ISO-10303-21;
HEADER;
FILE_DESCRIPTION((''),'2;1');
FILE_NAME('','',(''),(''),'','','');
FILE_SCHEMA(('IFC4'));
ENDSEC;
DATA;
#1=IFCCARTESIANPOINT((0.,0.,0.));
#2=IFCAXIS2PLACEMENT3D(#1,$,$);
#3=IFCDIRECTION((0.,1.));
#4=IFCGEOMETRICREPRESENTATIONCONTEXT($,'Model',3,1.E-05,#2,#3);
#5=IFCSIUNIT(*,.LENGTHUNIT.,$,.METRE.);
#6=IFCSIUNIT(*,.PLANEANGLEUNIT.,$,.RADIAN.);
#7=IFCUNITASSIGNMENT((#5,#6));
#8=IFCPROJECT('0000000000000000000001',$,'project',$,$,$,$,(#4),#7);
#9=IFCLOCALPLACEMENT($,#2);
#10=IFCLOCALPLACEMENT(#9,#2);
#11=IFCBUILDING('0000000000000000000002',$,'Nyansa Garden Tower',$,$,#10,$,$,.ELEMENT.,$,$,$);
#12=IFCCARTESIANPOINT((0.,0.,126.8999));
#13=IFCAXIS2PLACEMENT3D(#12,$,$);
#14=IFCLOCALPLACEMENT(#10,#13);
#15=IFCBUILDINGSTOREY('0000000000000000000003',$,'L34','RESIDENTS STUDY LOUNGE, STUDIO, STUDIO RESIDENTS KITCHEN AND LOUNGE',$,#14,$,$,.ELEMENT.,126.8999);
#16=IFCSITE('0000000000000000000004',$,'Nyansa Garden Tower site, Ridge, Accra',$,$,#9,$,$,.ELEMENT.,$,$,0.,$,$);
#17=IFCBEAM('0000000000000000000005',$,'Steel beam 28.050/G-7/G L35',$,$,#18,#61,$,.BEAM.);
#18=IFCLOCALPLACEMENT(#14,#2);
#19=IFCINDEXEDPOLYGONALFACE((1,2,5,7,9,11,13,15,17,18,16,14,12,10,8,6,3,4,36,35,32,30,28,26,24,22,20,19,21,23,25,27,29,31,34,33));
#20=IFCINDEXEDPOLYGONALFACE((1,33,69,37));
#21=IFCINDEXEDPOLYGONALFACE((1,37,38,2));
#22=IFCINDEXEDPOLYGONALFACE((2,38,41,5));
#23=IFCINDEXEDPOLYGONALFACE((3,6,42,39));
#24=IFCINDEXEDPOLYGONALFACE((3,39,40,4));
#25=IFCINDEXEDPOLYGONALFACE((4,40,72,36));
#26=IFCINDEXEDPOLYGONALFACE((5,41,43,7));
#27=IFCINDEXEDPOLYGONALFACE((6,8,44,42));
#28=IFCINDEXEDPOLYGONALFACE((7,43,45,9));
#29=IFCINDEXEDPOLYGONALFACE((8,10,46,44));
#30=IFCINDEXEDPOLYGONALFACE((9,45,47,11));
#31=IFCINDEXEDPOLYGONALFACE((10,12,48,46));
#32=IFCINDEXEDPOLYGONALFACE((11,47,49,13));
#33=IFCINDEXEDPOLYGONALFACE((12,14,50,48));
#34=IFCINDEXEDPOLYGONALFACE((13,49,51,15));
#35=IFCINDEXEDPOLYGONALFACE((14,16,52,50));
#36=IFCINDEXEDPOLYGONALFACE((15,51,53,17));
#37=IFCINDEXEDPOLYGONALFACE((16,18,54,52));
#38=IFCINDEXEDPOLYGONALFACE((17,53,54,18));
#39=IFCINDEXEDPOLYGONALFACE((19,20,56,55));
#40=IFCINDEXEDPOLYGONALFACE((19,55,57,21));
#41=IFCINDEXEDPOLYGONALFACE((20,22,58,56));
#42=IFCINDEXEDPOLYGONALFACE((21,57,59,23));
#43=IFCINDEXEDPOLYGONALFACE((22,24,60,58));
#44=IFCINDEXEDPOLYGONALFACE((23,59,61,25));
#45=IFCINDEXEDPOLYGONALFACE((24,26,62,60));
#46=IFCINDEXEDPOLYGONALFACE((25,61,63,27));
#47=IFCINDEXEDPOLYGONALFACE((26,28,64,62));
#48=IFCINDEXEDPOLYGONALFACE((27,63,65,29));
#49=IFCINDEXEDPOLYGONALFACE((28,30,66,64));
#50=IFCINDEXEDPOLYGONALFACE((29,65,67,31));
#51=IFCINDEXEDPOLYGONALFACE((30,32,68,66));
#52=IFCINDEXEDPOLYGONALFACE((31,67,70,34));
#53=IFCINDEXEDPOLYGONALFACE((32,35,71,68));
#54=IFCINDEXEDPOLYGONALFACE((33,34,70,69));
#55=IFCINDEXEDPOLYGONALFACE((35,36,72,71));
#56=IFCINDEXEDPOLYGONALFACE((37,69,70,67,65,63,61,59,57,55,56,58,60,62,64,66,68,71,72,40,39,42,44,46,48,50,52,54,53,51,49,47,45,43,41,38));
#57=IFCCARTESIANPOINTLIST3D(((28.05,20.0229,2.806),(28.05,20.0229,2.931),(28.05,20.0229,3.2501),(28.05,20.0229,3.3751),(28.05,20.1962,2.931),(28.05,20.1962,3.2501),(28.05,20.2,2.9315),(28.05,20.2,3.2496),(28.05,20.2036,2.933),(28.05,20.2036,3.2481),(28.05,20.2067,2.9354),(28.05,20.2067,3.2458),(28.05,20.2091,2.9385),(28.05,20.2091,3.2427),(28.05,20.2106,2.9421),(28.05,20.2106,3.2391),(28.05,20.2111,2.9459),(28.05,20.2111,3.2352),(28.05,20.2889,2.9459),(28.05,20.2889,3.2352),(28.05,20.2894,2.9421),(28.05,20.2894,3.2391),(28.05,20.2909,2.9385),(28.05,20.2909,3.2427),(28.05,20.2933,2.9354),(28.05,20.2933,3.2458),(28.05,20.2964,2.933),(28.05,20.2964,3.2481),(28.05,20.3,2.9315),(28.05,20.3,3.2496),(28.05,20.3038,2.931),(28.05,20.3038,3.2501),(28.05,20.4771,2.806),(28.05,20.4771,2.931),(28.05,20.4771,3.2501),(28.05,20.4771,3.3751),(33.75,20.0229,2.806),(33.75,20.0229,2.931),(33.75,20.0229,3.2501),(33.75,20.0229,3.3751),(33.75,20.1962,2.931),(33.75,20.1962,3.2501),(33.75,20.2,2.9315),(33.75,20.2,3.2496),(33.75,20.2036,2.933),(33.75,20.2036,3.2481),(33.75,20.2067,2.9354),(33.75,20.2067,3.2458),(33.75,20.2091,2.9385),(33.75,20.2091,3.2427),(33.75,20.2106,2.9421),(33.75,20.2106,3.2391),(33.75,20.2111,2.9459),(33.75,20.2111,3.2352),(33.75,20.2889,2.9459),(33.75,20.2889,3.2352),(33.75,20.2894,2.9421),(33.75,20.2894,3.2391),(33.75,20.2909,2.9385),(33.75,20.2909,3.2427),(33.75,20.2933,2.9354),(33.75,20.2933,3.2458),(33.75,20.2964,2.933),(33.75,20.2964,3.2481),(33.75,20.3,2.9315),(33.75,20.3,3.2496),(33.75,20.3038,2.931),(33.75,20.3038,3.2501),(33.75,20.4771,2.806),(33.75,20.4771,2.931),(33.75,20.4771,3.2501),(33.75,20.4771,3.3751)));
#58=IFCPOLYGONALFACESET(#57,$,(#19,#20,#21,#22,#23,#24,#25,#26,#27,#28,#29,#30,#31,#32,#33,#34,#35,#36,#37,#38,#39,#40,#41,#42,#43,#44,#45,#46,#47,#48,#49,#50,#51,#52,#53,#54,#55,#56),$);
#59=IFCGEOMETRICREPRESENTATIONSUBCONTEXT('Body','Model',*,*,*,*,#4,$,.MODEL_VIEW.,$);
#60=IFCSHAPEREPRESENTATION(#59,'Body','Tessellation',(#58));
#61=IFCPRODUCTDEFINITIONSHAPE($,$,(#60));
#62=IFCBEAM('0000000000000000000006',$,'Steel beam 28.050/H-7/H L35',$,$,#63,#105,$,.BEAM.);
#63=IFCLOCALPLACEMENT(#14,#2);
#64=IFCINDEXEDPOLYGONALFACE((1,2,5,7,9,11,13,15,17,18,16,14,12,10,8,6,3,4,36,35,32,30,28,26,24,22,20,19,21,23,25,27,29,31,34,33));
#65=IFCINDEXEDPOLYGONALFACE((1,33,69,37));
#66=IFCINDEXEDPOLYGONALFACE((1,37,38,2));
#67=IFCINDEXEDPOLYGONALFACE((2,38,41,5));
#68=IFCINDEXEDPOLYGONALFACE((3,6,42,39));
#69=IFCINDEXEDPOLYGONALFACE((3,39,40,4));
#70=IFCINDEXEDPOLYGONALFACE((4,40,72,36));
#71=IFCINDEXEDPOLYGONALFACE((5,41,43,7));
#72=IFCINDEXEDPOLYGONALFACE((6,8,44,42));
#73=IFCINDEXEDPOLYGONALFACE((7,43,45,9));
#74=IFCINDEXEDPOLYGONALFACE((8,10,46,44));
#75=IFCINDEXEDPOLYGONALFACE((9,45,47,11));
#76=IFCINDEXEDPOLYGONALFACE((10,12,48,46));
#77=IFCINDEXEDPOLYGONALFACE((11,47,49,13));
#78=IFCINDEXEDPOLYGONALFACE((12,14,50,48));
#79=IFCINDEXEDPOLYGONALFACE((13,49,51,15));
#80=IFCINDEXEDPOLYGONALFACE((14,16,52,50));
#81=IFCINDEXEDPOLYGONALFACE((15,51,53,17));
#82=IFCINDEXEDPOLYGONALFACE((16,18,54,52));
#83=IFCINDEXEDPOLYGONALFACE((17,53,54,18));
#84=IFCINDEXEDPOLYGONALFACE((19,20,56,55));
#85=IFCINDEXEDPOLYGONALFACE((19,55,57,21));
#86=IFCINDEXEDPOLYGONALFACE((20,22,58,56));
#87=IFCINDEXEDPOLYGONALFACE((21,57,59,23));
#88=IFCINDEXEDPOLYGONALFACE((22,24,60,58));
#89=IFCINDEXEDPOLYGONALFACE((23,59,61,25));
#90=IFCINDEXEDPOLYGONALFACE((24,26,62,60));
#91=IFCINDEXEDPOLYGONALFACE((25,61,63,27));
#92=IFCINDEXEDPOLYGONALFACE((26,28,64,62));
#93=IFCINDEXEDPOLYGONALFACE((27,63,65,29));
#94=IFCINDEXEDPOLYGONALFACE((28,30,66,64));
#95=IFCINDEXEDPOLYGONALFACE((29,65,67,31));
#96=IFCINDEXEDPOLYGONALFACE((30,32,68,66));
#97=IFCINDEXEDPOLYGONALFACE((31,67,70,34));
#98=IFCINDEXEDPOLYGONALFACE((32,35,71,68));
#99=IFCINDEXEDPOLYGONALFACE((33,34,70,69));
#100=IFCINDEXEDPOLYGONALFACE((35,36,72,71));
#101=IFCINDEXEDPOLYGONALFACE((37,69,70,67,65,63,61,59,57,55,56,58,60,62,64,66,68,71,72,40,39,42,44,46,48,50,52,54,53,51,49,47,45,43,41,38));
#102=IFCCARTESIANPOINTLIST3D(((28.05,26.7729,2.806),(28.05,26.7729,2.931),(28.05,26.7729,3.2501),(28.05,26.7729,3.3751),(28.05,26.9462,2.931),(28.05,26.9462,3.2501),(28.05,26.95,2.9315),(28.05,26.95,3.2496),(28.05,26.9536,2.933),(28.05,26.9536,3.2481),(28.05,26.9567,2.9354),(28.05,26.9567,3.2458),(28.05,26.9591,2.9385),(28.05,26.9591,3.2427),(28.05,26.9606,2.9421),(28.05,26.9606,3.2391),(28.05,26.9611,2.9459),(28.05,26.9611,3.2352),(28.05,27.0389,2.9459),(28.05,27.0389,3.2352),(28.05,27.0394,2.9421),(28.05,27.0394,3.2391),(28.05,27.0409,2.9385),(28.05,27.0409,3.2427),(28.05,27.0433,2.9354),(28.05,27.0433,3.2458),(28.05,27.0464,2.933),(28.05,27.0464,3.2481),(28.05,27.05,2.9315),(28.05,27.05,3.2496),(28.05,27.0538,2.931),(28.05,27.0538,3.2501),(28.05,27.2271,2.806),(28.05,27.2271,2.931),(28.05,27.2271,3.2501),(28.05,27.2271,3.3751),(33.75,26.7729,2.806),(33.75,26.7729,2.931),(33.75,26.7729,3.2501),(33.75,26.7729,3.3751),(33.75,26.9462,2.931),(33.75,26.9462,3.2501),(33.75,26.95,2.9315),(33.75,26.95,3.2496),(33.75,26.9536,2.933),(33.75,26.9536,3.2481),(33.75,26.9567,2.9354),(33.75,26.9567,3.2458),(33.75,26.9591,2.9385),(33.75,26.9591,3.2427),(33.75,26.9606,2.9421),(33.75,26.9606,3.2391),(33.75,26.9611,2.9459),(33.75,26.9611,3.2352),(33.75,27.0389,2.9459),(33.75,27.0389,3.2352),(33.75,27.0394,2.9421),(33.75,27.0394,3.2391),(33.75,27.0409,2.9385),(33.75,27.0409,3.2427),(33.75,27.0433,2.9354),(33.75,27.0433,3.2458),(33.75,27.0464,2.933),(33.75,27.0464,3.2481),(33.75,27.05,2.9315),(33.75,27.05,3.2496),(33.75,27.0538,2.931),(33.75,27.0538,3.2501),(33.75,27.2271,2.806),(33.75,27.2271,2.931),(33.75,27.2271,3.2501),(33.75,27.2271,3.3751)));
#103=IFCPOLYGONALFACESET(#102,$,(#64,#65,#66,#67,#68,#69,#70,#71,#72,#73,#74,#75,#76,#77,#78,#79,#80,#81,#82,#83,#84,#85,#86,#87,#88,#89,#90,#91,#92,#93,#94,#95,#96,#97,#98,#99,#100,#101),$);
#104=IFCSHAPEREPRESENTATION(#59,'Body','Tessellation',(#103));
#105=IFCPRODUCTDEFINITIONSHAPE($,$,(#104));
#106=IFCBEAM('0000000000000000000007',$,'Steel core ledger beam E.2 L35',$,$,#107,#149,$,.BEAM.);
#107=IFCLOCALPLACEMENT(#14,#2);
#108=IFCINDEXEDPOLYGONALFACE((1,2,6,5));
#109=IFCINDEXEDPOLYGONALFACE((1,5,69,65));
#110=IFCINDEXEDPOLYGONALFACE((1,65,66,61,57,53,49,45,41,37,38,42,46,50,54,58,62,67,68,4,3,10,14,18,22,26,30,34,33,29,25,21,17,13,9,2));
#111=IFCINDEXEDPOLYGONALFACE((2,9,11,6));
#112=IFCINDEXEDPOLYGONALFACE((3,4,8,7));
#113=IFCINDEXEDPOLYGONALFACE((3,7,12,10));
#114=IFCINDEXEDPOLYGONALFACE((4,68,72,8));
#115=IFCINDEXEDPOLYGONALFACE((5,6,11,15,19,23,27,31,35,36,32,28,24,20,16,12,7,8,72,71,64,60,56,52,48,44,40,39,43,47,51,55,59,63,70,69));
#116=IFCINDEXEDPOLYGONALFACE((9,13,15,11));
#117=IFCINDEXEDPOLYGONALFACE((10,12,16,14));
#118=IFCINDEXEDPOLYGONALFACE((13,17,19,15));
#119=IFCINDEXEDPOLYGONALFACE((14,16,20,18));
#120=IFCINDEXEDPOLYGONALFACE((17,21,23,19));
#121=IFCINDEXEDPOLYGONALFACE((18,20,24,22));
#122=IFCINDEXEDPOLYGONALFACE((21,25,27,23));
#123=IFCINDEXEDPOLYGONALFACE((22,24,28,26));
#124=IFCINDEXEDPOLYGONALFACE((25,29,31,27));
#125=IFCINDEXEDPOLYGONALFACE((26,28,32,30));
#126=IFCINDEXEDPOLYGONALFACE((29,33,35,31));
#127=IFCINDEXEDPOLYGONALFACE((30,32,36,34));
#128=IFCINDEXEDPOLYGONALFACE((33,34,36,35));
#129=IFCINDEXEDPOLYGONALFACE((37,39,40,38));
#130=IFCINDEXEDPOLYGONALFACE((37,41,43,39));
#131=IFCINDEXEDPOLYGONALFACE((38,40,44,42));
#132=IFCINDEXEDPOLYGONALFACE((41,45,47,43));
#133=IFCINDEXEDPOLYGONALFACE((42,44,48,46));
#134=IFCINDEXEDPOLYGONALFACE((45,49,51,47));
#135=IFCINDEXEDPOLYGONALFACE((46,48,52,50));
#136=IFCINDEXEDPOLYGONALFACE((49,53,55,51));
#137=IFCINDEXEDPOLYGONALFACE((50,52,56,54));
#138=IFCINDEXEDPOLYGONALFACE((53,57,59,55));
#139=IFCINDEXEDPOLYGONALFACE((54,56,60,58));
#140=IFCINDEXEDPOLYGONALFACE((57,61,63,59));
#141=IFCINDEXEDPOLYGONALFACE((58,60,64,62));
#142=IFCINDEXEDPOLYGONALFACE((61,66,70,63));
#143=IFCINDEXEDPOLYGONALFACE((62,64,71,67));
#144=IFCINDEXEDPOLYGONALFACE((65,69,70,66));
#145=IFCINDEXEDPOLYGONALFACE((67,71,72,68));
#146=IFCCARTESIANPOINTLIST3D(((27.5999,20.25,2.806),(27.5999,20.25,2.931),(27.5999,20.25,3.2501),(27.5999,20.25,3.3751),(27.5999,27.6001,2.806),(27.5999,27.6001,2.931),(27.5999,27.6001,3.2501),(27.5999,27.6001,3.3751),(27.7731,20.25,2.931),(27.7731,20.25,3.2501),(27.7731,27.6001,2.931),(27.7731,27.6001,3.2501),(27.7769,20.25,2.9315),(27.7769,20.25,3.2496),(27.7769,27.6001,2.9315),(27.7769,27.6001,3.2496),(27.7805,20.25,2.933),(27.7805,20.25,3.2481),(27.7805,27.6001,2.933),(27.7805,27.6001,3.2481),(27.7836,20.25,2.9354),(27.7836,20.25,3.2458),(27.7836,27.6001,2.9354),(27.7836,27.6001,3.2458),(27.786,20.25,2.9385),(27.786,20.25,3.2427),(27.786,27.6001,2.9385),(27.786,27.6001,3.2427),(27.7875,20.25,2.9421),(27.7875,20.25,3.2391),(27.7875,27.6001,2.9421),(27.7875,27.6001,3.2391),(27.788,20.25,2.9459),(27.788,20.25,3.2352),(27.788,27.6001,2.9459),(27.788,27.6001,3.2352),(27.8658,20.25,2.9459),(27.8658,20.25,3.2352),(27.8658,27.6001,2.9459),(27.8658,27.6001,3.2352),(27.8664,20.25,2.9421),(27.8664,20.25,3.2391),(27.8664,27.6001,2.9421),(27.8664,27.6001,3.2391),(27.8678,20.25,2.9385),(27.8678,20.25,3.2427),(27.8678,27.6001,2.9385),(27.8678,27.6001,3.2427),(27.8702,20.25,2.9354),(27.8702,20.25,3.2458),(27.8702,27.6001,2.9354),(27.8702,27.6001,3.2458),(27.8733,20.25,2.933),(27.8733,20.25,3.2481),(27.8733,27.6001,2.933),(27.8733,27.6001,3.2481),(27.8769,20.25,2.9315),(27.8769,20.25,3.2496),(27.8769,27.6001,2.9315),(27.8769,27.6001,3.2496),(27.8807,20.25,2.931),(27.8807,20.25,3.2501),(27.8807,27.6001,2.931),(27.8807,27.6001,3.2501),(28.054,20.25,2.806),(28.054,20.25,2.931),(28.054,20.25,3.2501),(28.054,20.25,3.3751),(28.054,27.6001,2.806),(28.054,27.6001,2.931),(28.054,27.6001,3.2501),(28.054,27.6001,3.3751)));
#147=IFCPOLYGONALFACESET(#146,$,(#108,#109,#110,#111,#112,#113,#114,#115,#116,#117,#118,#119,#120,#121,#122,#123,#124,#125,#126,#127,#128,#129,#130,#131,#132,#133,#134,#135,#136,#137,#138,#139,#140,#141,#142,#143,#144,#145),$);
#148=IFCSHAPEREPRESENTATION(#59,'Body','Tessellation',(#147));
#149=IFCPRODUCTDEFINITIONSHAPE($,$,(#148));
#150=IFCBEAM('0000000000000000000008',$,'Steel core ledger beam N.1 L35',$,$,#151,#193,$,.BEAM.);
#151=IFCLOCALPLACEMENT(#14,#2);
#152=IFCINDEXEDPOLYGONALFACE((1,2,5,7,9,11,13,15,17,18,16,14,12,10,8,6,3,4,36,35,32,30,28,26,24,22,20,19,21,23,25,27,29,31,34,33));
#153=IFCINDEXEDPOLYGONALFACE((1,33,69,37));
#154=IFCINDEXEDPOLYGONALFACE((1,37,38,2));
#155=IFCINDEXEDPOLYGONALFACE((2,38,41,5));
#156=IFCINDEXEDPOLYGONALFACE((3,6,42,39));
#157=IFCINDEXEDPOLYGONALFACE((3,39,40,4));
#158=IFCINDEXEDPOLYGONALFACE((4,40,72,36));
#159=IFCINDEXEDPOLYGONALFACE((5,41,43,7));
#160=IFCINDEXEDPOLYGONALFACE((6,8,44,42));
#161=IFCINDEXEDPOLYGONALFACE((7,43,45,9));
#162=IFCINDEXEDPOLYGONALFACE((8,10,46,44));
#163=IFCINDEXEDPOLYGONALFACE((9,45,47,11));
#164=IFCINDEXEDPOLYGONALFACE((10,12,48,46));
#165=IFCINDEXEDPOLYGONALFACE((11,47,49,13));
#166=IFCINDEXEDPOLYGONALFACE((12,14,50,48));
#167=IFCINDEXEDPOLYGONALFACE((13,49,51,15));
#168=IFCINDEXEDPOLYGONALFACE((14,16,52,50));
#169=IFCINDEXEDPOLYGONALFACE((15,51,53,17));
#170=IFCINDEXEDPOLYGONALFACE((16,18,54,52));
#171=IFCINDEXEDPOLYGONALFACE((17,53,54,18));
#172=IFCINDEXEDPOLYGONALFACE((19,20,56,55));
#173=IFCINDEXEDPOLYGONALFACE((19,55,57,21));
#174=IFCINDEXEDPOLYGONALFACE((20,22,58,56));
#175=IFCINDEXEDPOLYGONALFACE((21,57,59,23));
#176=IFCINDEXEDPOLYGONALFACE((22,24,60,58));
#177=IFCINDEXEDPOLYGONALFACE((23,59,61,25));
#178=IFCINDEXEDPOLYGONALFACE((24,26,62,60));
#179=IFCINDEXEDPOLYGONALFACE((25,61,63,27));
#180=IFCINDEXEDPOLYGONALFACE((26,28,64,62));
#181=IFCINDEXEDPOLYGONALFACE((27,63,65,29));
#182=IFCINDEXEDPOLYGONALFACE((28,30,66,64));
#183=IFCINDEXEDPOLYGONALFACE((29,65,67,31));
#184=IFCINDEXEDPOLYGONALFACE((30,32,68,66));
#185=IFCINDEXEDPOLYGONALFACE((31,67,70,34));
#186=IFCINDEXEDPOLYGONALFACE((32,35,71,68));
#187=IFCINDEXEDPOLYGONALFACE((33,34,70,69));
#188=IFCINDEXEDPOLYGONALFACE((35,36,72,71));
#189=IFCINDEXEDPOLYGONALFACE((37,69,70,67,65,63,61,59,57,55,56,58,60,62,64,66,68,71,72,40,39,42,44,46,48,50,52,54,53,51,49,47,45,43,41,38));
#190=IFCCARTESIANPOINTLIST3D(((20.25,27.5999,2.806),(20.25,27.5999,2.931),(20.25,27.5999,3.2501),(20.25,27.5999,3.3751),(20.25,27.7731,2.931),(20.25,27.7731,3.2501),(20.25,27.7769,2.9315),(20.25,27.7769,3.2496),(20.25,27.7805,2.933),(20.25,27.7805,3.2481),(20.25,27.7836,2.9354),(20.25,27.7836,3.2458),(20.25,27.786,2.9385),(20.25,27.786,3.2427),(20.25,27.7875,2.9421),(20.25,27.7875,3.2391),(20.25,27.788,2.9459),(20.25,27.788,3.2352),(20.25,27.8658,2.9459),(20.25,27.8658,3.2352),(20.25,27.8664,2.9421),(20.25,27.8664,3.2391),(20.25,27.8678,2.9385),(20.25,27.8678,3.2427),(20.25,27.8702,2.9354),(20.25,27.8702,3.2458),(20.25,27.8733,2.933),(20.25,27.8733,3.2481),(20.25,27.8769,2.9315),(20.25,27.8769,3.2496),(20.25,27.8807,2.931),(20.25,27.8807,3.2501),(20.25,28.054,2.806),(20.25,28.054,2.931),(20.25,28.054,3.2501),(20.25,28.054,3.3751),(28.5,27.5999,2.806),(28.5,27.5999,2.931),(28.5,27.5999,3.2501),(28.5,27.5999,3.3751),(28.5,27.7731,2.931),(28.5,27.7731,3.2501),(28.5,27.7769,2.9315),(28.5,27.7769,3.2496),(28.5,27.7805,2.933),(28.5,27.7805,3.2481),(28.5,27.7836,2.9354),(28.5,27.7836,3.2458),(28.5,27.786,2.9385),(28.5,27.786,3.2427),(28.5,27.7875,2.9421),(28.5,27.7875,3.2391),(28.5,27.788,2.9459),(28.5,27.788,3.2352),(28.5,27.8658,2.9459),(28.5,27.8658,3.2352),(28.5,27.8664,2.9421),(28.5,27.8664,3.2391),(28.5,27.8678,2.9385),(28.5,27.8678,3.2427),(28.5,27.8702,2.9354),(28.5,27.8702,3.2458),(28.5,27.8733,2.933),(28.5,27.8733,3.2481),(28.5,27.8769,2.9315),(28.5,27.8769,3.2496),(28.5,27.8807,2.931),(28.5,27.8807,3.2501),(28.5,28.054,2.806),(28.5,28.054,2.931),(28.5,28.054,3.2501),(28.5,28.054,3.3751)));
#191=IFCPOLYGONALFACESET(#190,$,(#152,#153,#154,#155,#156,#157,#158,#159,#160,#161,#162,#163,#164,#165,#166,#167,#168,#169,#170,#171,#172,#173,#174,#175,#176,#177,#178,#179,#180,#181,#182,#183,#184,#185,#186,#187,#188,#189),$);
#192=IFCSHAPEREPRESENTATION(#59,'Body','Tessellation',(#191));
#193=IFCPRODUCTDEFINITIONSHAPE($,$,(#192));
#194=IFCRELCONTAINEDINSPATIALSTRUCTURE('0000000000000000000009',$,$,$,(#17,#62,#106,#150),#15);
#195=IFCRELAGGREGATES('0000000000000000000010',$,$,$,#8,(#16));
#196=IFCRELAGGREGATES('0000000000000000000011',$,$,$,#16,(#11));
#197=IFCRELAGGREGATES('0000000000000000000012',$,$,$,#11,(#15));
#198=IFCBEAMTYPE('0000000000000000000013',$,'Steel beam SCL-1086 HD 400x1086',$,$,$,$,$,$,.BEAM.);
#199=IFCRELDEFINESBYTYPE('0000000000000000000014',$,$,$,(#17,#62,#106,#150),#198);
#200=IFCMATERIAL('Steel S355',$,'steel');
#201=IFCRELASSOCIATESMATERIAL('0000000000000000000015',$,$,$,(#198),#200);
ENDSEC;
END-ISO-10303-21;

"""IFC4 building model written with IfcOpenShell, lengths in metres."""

from ifc_helpers import new_model, si_unit, direction, frame, origin, origin_2d, place, context, subcontext, project, spatial, i_section, extrude, material, material_profile, profile_set, type_object, element, save


model = new_model("IFC4")

# Units and contexts
model_context = context("Model", 3, precision=1e-05, world=origin(), true_north=direction((0.0, 1.0)))
body_context = subcontext(model_context, "Body", "Model", "MODEL_VIEW")
ifc_project = project(units=[si_unit("LENGTHUNIT", "METRE"), si_unit("PLANEANGLEUNIT", "RADIAN")], contexts=[model_context])

# Site, building, storey
site_placement = place(None, origin())
site = spatial("IfcSite", under=ifc_project, at=site_placement, Name="Nyansa Garden Tower site, Ridge, Accra", CompositionType="ELEMENT", RefElevation=0.0)
building_placement = place(site_placement, origin())
building = spatial("IfcBuilding", under=site, at=building_placement, Name="Nyansa Garden Tower", CompositionType="ELEMENT")
storey_placement = place(building_placement, frame((0.0, 0.0, 126.8999)))
storey = spatial("IfcBuildingStorey", under=building, at=storey_placement, Name="L34", Description="RESIDENTS STUDY LOUNGE, STUDIO, STUDIO RESIDENTS KITCHEN AND LOUNGE", CompositionType="ELEMENT", Elevation=126.8999)

# Beams
ifc_material_1 = material(Name="Steel S355", Category="steel")
ifc_material_profile_1 = material_profile(ifc_material_1, i_section(OverallWidth=0.4541, OverallDepth=0.5691, WebThickness=0.0779, FlangeThickness=0.125, FilletRadius=0.0149, at=origin_2d()), Name="HD 400x1086")
ifc_profile_set_1 = profile_set([ifc_material_profile_1], Name="Steel S355")
beam_type_1 = type_object("IfcBeamType", Name="Steel beam SCL-1086 HD 400x1086", PredefinedType="BEAM", material=ifc_profile_set_1)
for number, where, z_axis, x_axis, name in (
    (1, (28.05, 20.25, 3.0906), (1.0, 0.0, 0.0), (0.0, 1.0, 0.0), "Steel beam 28.050/G-7/G L35"),
    (2, (28.05, 27.0, 3.0906), (1.0, 0.0, 0.0), (0.0, 1.0, 0.0), "Steel beam 28.050/H-7/H L35"),
):
    element("IfcBeam", number, at=place(storey_placement, frame(where, z_axis=z_axis, x_axis=x_axis)), inside=storey, type_object=beam_type_1, Name=name, PredefinedType="BEAM", context=body_context, shape_type="SweptSolid", body=[
        extrude(i_section(OverallWidth=0.4541, OverallDepth=0.5691, WebThickness=0.0779, FlangeThickness=0.125, FilletRadius=0.0149, at=origin_2d()), origin(), (0.0, 0.0, 1.0), 5.7),
    ])
beam_1_placement = place(storey_placement, frame((27.8269, 20.25, 3.0906), z_axis=(0.0, 1.0, 0.0), x_axis=(-1.0, 0.0, 0.0)))
element("IfcBeam", 3, at=beam_1_placement, inside=storey, type_object=beam_type_1, Name="Steel core ledger beam E.2 L35", PredefinedType="BEAM", context=body_context, shape_type="SweptSolid", body=[
    extrude(i_section(OverallWidth=0.4541, OverallDepth=0.5691, WebThickness=0.0779, FlangeThickness=0.125, FilletRadius=0.0149, at=origin_2d()), origin(), (0.0, 0.0, 1.0), 7.3501),
])
for number, where, z_axis, x_axis, name in (
    (4, (28.5, 27.8269, 3.0906), (-1.0, 0.0, 0.0), (0.0, -1.0, 0.0), "Steel core ledger beam N.1 L35"),
):
    element("IfcBeam", number, at=place(storey_placement, frame(where, z_axis=z_axis, x_axis=x_axis)), inside=storey, type_object=beam_type_1, Name=name, PredefinedType="BEAM", context=body_context, shape_type="SweptSolid", body=[
        extrude(i_section(OverallWidth=0.4541, OverallDepth=0.5691, WebThickness=0.0779, FlangeThickness=0.125, FilletRadius=0.0149, at=origin_2d()), origin(), (0.0, 0.0, 1.0), 8.25),
    ])

save(model, "model.ifc")
